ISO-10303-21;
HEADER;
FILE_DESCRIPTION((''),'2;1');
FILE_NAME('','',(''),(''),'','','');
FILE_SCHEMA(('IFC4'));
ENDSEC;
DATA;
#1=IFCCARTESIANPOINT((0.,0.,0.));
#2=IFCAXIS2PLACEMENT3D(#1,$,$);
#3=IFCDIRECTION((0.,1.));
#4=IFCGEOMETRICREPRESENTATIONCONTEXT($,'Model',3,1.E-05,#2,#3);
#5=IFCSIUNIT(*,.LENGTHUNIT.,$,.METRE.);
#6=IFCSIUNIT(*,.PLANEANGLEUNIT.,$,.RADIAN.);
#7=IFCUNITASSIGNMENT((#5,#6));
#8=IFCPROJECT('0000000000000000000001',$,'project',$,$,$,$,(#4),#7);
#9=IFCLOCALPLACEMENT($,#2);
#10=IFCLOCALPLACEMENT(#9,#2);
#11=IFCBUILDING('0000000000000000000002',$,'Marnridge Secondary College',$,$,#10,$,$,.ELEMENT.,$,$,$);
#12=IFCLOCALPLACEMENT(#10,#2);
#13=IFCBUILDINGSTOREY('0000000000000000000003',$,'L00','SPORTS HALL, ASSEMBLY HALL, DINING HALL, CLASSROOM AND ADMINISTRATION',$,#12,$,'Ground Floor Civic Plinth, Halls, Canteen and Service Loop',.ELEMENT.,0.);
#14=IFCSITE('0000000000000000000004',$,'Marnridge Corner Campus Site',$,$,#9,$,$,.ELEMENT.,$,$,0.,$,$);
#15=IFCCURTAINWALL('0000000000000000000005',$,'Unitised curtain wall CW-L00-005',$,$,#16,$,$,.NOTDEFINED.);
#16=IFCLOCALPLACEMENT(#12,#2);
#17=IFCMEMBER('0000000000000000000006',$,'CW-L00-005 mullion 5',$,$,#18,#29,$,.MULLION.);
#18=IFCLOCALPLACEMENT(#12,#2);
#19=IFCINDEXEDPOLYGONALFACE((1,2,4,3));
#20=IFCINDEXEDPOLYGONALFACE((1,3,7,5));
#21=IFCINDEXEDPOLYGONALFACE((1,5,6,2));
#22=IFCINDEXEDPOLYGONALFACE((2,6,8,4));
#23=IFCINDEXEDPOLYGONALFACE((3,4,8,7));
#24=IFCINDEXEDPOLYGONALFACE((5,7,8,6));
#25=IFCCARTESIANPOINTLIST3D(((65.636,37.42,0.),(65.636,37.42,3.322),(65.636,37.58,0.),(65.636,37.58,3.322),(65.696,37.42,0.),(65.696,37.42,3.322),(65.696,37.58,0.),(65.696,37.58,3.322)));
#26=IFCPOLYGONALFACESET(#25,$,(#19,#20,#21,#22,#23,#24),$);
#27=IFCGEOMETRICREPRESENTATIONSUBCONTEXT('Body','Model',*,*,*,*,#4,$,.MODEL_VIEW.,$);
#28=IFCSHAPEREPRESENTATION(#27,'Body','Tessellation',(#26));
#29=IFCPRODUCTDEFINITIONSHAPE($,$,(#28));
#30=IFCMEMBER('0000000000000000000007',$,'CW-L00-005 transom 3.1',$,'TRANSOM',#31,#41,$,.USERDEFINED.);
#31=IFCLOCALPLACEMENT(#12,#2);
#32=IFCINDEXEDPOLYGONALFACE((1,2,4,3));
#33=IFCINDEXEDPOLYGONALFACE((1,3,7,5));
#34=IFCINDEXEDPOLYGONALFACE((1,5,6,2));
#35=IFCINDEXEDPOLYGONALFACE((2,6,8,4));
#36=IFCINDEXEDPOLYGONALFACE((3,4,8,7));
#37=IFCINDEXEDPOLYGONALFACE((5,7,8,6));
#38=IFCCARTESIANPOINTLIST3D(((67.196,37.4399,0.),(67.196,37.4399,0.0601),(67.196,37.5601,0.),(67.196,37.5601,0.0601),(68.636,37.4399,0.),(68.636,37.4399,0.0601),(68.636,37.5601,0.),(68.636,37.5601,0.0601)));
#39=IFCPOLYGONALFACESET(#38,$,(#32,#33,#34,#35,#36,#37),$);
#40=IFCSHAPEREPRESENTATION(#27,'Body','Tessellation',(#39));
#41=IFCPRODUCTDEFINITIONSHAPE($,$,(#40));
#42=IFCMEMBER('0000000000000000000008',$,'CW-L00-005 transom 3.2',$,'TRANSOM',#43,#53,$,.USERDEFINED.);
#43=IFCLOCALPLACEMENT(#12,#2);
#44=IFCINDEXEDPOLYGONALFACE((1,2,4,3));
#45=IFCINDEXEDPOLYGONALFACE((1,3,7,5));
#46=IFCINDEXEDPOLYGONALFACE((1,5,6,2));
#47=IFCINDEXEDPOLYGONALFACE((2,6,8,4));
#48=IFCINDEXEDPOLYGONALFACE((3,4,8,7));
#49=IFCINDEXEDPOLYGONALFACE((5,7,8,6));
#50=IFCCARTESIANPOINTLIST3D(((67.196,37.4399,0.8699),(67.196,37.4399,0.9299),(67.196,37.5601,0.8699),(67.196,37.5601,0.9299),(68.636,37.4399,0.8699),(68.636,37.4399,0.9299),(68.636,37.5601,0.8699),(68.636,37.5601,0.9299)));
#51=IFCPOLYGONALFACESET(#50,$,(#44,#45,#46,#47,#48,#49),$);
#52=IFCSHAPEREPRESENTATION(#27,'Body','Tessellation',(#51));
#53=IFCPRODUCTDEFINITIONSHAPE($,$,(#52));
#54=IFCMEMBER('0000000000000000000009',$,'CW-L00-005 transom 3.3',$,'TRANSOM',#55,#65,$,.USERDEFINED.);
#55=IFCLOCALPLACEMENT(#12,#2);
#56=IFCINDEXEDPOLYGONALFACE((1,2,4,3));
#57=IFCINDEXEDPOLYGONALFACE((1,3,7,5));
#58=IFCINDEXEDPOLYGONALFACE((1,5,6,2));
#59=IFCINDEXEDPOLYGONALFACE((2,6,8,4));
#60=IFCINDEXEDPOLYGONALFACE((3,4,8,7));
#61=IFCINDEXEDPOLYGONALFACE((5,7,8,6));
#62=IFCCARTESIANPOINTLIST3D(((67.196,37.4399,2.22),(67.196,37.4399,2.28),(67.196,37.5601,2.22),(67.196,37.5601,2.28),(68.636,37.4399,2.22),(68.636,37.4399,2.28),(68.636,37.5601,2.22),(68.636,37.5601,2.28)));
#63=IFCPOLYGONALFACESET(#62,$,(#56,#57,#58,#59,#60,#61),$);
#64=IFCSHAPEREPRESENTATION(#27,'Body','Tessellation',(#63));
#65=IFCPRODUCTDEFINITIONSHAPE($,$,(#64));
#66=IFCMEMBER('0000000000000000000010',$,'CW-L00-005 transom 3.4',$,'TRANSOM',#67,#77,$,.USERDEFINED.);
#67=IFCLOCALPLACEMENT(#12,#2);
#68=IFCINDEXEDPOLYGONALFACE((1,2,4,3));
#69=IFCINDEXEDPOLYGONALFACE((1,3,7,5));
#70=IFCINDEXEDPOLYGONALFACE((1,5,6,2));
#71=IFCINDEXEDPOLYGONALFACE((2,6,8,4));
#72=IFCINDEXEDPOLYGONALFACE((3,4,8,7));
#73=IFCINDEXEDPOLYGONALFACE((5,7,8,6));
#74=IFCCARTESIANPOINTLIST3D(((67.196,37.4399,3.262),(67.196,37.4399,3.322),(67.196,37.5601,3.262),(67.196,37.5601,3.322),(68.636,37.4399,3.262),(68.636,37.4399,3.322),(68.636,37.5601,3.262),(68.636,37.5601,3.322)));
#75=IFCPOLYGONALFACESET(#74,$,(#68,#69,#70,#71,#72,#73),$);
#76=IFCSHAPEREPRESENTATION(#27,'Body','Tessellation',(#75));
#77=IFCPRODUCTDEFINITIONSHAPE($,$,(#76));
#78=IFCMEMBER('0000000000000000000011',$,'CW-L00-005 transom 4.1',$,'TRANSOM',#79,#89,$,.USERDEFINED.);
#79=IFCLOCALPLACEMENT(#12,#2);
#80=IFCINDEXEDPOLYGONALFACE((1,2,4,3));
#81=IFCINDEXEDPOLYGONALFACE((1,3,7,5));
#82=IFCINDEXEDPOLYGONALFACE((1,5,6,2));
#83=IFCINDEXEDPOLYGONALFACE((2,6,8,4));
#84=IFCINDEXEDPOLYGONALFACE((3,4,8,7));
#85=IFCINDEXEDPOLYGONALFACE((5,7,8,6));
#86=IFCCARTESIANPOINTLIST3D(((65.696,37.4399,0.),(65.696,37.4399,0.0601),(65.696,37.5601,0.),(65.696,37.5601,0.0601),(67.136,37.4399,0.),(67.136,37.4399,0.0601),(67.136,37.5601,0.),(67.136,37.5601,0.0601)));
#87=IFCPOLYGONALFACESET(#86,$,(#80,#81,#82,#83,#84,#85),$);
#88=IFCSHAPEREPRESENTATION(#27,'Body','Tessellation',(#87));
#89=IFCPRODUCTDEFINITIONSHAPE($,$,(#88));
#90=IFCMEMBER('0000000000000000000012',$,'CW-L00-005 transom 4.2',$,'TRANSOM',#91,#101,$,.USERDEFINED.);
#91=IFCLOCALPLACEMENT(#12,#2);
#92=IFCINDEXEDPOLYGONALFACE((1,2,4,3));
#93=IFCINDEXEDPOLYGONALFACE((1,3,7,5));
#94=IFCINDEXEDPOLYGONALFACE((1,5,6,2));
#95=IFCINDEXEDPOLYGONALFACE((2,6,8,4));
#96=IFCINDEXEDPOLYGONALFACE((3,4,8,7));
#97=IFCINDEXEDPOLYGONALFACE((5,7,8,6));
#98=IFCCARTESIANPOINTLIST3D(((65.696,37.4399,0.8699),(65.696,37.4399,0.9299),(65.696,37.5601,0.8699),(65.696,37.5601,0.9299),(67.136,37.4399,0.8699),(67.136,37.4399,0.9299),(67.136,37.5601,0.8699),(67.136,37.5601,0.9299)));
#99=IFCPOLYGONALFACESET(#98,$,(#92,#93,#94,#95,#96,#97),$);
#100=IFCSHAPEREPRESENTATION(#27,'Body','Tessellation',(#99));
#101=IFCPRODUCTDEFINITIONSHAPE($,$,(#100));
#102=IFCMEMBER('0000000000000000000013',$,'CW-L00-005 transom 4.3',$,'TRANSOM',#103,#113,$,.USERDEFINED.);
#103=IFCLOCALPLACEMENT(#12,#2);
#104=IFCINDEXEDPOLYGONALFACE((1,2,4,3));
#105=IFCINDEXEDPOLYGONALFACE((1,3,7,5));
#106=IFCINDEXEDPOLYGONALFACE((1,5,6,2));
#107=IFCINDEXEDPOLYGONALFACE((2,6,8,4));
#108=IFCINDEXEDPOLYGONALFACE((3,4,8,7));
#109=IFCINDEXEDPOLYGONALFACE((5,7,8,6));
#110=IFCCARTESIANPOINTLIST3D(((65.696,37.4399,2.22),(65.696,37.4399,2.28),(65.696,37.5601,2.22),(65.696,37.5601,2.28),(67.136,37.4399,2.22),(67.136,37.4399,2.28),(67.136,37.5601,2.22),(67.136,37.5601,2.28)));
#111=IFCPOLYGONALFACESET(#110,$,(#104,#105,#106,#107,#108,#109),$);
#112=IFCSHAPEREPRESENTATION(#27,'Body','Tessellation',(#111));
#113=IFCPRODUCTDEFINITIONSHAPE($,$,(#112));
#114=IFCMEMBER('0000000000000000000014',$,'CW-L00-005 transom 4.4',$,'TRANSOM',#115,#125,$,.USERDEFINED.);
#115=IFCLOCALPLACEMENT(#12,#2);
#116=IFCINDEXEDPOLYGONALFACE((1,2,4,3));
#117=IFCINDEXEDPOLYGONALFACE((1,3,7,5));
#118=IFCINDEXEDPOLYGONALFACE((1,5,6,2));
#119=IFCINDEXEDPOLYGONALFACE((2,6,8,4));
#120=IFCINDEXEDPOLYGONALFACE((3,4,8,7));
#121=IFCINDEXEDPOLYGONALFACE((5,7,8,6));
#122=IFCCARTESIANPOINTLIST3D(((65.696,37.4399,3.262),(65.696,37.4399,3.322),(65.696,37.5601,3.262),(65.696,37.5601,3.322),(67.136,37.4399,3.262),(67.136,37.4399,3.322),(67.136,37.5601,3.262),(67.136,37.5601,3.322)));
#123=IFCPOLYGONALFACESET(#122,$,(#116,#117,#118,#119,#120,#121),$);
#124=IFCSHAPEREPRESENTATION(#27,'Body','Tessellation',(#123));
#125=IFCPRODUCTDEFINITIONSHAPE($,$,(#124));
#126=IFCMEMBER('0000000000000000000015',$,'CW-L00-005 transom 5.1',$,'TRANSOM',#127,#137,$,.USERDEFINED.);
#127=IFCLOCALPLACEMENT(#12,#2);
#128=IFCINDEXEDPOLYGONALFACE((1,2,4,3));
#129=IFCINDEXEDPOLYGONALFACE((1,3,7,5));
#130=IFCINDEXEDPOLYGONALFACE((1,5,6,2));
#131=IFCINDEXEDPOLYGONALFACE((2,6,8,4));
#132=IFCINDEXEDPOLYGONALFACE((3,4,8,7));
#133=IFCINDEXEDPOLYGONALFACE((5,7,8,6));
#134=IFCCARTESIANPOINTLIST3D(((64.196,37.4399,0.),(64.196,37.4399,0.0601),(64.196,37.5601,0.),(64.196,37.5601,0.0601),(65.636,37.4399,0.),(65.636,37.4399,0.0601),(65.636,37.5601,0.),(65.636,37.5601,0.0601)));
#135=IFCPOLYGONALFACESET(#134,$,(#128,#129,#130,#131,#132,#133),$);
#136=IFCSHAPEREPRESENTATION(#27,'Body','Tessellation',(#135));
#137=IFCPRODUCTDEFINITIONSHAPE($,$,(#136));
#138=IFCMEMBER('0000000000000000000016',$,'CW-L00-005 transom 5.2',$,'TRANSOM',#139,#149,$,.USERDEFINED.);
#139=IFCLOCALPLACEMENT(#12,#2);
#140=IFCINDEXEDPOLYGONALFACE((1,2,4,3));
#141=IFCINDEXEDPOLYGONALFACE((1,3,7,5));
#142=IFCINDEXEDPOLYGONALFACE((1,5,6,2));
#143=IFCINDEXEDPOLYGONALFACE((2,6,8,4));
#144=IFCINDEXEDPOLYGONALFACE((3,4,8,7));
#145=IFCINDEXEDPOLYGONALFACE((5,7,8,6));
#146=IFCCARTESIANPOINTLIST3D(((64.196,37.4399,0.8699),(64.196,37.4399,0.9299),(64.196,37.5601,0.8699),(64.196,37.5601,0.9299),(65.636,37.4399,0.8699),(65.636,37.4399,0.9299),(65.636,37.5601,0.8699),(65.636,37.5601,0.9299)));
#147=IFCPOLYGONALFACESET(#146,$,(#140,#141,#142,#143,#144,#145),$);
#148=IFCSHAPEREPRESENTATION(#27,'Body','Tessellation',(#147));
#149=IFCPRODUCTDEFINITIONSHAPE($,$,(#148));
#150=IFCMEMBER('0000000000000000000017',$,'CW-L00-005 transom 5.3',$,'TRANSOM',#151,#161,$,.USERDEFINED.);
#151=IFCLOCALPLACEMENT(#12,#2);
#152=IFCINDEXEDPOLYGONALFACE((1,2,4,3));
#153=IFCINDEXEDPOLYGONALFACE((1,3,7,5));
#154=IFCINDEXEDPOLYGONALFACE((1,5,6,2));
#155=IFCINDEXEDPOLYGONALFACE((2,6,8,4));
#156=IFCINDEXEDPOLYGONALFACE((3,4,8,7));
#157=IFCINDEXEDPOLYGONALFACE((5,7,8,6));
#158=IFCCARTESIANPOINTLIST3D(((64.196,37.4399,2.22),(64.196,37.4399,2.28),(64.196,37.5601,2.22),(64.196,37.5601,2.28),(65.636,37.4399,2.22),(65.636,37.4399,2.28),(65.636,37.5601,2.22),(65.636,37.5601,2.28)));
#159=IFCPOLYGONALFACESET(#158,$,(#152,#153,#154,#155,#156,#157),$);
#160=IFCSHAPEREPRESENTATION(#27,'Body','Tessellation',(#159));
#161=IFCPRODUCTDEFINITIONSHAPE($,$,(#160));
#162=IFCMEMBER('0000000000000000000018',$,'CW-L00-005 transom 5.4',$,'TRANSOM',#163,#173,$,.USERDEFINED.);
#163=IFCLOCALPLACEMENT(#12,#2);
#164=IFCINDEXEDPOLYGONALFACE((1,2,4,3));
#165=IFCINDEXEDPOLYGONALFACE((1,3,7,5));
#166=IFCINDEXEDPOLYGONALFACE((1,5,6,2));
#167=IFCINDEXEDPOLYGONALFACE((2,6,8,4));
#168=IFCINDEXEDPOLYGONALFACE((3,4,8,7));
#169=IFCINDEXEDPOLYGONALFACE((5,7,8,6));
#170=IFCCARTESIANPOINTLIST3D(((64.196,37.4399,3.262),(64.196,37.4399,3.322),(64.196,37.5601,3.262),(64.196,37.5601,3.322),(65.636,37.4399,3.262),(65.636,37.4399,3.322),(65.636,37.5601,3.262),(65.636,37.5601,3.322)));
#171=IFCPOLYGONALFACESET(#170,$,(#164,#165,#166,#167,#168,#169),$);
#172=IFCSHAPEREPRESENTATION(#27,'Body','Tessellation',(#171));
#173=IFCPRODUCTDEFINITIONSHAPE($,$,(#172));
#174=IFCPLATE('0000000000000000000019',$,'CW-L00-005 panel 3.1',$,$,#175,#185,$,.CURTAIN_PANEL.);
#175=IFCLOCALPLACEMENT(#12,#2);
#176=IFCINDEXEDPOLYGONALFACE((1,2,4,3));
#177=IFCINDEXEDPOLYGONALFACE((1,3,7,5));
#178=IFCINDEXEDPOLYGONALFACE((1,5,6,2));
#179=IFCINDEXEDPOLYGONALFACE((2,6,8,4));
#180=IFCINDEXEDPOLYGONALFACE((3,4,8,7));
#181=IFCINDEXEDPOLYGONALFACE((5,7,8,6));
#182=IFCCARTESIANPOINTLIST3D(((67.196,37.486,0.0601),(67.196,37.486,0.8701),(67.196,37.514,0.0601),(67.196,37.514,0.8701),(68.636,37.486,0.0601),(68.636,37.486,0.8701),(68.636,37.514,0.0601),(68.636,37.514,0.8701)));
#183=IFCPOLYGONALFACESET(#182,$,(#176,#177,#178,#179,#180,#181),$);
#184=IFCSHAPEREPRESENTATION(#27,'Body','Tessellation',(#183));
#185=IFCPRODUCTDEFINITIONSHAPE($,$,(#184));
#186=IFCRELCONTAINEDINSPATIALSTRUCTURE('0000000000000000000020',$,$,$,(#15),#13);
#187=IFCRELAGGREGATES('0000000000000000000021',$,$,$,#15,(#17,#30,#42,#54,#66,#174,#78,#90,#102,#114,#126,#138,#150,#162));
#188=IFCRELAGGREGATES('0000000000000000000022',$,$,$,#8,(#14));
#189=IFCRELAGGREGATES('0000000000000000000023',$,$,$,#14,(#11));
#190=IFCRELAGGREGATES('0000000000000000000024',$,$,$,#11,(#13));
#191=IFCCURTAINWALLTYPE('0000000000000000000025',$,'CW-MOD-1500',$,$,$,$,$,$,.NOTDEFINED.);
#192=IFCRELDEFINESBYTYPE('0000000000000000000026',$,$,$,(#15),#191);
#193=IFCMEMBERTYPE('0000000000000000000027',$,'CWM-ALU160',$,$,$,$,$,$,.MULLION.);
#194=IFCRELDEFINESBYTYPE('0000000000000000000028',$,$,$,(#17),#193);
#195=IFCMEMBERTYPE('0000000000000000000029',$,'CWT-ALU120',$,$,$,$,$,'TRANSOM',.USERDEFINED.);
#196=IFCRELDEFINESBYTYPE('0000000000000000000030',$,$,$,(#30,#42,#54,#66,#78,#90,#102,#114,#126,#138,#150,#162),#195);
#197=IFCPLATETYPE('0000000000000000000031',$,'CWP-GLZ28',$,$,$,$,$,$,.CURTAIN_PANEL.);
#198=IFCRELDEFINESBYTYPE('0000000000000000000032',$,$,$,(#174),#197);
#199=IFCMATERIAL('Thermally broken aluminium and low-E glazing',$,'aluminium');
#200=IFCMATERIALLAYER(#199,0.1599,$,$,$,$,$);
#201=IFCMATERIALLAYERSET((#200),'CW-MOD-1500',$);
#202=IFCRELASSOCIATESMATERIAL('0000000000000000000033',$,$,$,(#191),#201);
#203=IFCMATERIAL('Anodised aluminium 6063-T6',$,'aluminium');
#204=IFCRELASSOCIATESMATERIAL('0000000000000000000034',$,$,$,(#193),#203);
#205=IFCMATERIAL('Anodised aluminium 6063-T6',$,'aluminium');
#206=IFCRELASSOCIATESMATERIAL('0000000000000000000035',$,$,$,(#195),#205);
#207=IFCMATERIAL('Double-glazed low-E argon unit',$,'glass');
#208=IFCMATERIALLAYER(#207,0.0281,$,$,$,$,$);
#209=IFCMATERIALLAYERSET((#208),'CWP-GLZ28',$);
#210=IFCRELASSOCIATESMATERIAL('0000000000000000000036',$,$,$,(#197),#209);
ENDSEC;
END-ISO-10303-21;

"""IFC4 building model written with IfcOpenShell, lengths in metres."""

from ifc_helpers import new_model, si_unit, direction, frame, origin, origin_2d, place, context, subcontext, project, spatial, rectangle, extrude, material, layer, layer_set, material_profile, profile_set, type_object, element, aggregate, save


model = new_model("IFC4")

# Units and contexts
model_context = context("Model", 3, precision=1e-05, world=origin(), true_north=direction((0.0, 1.0)))
body_context = subcontext(model_context, "Body", "Model", "MODEL_VIEW")
ifc_project = project(units=[si_unit("LENGTHUNIT", "METRE"), si_unit("PLANEANGLEUNIT", "RADIAN")], contexts=[model_context])

# Site, building, storey
site_placement = place(None, origin())
site = spatial("IfcSite", under=ifc_project, at=site_placement, Name="Marnridge Corner Campus Site", CompositionType="ELEMENT", RefElevation=0.0)
building_placement = place(site_placement, origin())
building = spatial("IfcBuilding", under=site, at=building_placement, Name="Marnridge Secondary College", CompositionType="ELEMENT")
storey_placement = place(building_placement, origin())
storey = spatial("IfcBuildingStorey", under=building, at=storey_placement, Name="L00", Description="SPORTS HALL, ASSEMBLY HALL, DINING HALL, CLASSROOM AND ADMINISTRATION", LongName="Ground Floor Civic Plinth, Halls, Canteen and Service Loop", CompositionType="ELEMENT", Elevation=0.0)

# Curtain wall, members, plate
ifc_material_1 = material(Name="Thermally broken aluminium and low-E glazing", Category="aluminium")
ifc_layer_1 = layer(ifc_material_1, 0.1599)
ifc_layer_set_1 = layer_set([ifc_layer_1], Name="CW-MOD-1500")
curtain_wall_type = type_object("IfcCurtainWallType", Name="CW-MOD-1500", PredefinedType="NOTDEFINED", material=ifc_layer_set_1)
curtain_wall_placement = place(storey_placement, origin())
curtain_wall = element("IfcCurtainWall", 1, at=curtain_wall_placement, inside=storey, type_object=curtain_wall_type, Name="Unitised curtain wall CW-L00-005", PredefinedType="NOTDEFINED")
ifc_material_2 = material(Name="Anodised aluminium 6063-T6", Category="aluminium")
ifc_material_profile_1 = material_profile(ifc_material_2, rectangle(XDim=0.0601, YDim=0.1599, at=origin_2d()), Name="ALU 60x160")
ifc_profile_set_1 = profile_set([ifc_material_profile_1], Name="Anodised aluminium 6063-T6")
member_type_1 = type_object("IfcMemberType", Name="CWM-ALU160", PredefinedType="MULLION", material=ifc_profile_set_1)
member_1_placement = place(storey_placement, frame((65.666, 37.5, 0.0), z_axis=(0.0, 0.0, 1.0), x_axis=(-1.0, 0.0, 0.0)))
member_1 = element("IfcMember", 2, at=member_1_placement, type_object=member_type_1, Name="CW-L00-005 mullion 5", PredefinedType="MULLION", context=body_context, shape_type="SweptSolid", body=[
    extrude(rectangle(XDim=0.0601, YDim=0.1599, at=origin_2d()), origin(), (0.0, 0.0, 1.0), 3.322),
])
ifc_material_3 = material(Name="Anodised aluminium 6063-T6", Category="aluminium")
ifc_material_profile_2 = material_profile(ifc_material_3, rectangle(XDim=0.0601, YDim=0.1201, at=origin_2d()), Name="ALU 60x120")
ifc_profile_set_2 = profile_set([ifc_material_profile_2], Name="Anodised aluminium 6063-T6")
member_type_2 = type_object("IfcMemberType", Name="CWT-ALU120", ElementType="TRANSOM", PredefinedType="USERDEFINED", material=ifc_profile_set_2)
member_2_placement = place(storey_placement, frame((68.636, 37.5, 0.03), z_axis=(-1.0, 0.0, 0.0), x_axis=(0.0, 0.0, 1.0)))
member_2 = element("IfcMember", 3, at=member_2_placement, type_object=member_type_2, Name="CW-L00-005 transom 3.1", ObjectType="TRANSOM", PredefinedType="USERDEFINED", context=body_context, shape_type="SweptSolid", body=[
    extrude(rectangle(XDim=0.0601, YDim=0.1201, at=origin_2d()), origin(), (0.0, 0.0, 1.0), 1.4399),
])
member_3_placement = place(storey_placement, frame((68.636, 37.5, 0.8999), z_axis=(-1.0, 0.0, 0.0), x_axis=(0.0, 0.0, 1.0)))
member_3 = element("IfcMember", 4, at=member_3_placement, type_object=member_type_2, Name="CW-L00-005 transom 3.2", ObjectType="TRANSOM", PredefinedType="USERDEFINED", context=body_context, shape_type="SweptSolid", body=[
    extrude(rectangle(XDim=0.0601, YDim=0.1201, at=origin_2d()), origin(), (0.0, 0.0, 1.0), 1.4399),
])
member_4_placement = place(storey_placement, frame((68.636, 37.5, 2.25), z_axis=(-1.0, 0.0, 0.0), x_axis=(0.0, 0.0, 1.0)))
member_4 = element("IfcMember", 5, at=member_4_placement, type_object=member_type_2, Name="CW-L00-005 transom 3.3", ObjectType="TRANSOM", PredefinedType="USERDEFINED", context=body_context, shape_type="SweptSolid", body=[
    extrude(rectangle(XDim=0.0601, YDim=0.1201, at=origin_2d()), origin(), (0.0, 0.0, 1.0), 1.4399),
])
member_5_placement = place(storey_placement, frame((68.636, 37.5, 3.292), z_axis=(-1.0, 0.0, 0.0), x_axis=(0.0, 0.0, 1.0)))
member_5 = element("IfcMember", 6, at=member_5_placement, type_object=member_type_2, Name="CW-L00-005 transom 3.4", ObjectType="TRANSOM", PredefinedType="USERDEFINED", context=body_context, shape_type="SweptSolid", body=[
    extrude(rectangle(XDim=0.0601, YDim=0.1201, at=origin_2d()), origin(), (0.0, 0.0, 1.0), 1.4399),
])
member_6_placement = place(storey_placement, frame((67.136, 37.5, 0.03), z_axis=(-1.0, 0.0, 0.0), x_axis=(0.0, 0.0, 1.0)))
member_6 = element("IfcMember", 7, at=member_6_placement, type_object=member_type_2, Name="CW-L00-005 transom 4.1", ObjectType="TRANSOM", PredefinedType="USERDEFINED", context=body_context, shape_type="SweptSolid", body=[
    extrude(rectangle(XDim=0.0601, YDim=0.1201, at=origin_2d()), origin(), (0.0, 0.0, 1.0), 1.4399),
])
member_7_placement = place(storey_placement, frame((67.136, 37.5, 0.8999), z_axis=(-1.0, 0.0, 0.0), x_axis=(0.0, 0.0, 1.0)))
member_7 = element("IfcMember", 8, at=member_7_placement, type_object=member_type_2, Name="CW-L00-005 transom 4.2", ObjectType="TRANSOM", PredefinedType="USERDEFINED", context=body_context, shape_type="SweptSolid", body=[
    extrude(rectangle(XDim=0.0601, YDim=0.1201, at=origin_2d()), origin(), (0.0, 0.0, 1.0), 1.4399),
])
member_8_placement = place(storey_placement, frame((67.136, 37.5, 2.25), z_axis=(-1.0, 0.0, 0.0), x_axis=(0.0, 0.0, 1.0)))
member_8 = element("IfcMember", 9, at=member_8_placement, type_object=member_type_2, Name="CW-L00-005 transom 4.3", ObjectType="TRANSOM", PredefinedType="USERDEFINED", context=body_context, shape_type="SweptSolid", body=[
    extrude(rectangle(XDim=0.0601, YDim=0.1201, at=origin_2d()), origin(), (0.0, 0.0, 1.0), 1.4399),
])
member_9_placement = place(storey_placement, frame((67.136, 37.5, 3.292), z_axis=(-1.0, 0.0, 0.0), x_axis=(0.0, 0.0, 1.0)))
member_9 = element("IfcMember", 10, at=member_9_placement, type_object=member_type_2, Name="CW-L00-005 transom 4.4", ObjectType="TRANSOM", PredefinedType="USERDEFINED", context=body_context, shape_type="SweptSolid", body=[
    extrude(rectangle(XDim=0.0601, YDim=0.1201, at=origin_2d()), origin(), (0.0, 0.0, 1.0), 1.4399),
])
member_10_placement = place(storey_placement, frame((65.636, 37.5, 0.03), z_axis=(-1.0, 0.0, 0.0), x_axis=(0.0, 0.0, 1.0)))
member_10 = element("IfcMember", 11, at=member_10_placement, type_object=member_type_2, Name="CW-L00-005 transom 5.1", ObjectType="TRANSOM", PredefinedType="USERDEFINED", context=body_context, shape_type="SweptSolid", body=[
    extrude(rectangle(XDim=0.0601, YDim=0.1201, at=origin_2d()), origin(), (0.0, 0.0, 1.0), 1.4399),
])
member_11_placement = place(storey_placement, frame((65.636, 37.5, 0.8999), z_axis=(-1.0, 0.0, 0.0), x_axis=(0.0, 0.0, 1.0)))
member_11 = element("IfcMember", 12, at=member_11_placement, type_object=member_type_2, Name="CW-L00-005 transom 5.2", ObjectType="TRANSOM", PredefinedType="USERDEFINED", context=body_context, shape_type="SweptSolid", body=[
    extrude(rectangle(XDim=0.0601, YDim=0.1201, at=origin_2d()), origin(), (0.0, 0.0, 1.0), 1.4399),
])
member_12_placement = place(storey_placement, frame((65.636, 37.5, 2.25), z_axis=(-1.0, 0.0, 0.0), x_axis=(0.0, 0.0, 1.0)))
member_12 = element("IfcMember", 13, at=member_12_placement, type_object=member_type_2, Name="CW-L00-005 transom 5.3", ObjectType="TRANSOM", PredefinedType="USERDEFINED", context=body_context, shape_type="SweptSolid", body=[
    extrude(rectangle(XDim=0.0601, YDim=0.1201, at=origin_2d()), origin(), (0.0, 0.0, 1.0), 1.4399),
])
member_13_placement = place(storey_placement, frame((65.636, 37.5, 3.292), z_axis=(-1.0, 0.0, 0.0), x_axis=(0.0, 0.0, 1.0)))
member_13 = element("IfcMember", 14, at=member_13_placement, type_object=member_type_2, Name="CW-L00-005 transom 5.4", ObjectType="TRANSOM", PredefinedType="USERDEFINED", context=body_context, shape_type="SweptSolid", body=[
    extrude(rectangle(XDim=0.0601, YDim=0.1201, at=origin_2d()), origin(), (0.0, 0.0, 1.0), 1.4399),
])
ifc_material_4 = material(Name="Double-glazed low-E argon unit", Category="glass")
ifc_layer_2 = layer(ifc_material_4, 0.0281)
ifc_layer_set_2 = layer_set([ifc_layer_2], Name="CWP-GLZ28")
plate_type = type_object("IfcPlateType", Name="CWP-GLZ28", PredefinedType="CURTAIN_PANEL", material=ifc_layer_set_2)
plate_1_placement = place(storey_placement, frame((67.916, 37.5, 0.0601), z_axis=(0.0, 0.0, 1.0), x_axis=(-1.0, 0.0, 0.0)))
plate_1 = element("IfcPlate", 15, at=plate_1_placement, type_object=plate_type, Name="CW-L00-005 panel 3.1", PredefinedType="CURTAIN_PANEL", context=body_context, shape_type="SweptSolid", body=[
    extrude(rectangle(XDim=1.4399, YDim=0.0281, at=origin_2d()), origin(), (0.0, 0.0, 1.0), 0.8101),
])
aggregate(curtain_wall, [member_1, member_2, member_3, member_4, member_5, plate_1, member_6, member_7, member_8, member_9, member_10, member_11, member_12, member_13])

save(model, "model.ifc")
